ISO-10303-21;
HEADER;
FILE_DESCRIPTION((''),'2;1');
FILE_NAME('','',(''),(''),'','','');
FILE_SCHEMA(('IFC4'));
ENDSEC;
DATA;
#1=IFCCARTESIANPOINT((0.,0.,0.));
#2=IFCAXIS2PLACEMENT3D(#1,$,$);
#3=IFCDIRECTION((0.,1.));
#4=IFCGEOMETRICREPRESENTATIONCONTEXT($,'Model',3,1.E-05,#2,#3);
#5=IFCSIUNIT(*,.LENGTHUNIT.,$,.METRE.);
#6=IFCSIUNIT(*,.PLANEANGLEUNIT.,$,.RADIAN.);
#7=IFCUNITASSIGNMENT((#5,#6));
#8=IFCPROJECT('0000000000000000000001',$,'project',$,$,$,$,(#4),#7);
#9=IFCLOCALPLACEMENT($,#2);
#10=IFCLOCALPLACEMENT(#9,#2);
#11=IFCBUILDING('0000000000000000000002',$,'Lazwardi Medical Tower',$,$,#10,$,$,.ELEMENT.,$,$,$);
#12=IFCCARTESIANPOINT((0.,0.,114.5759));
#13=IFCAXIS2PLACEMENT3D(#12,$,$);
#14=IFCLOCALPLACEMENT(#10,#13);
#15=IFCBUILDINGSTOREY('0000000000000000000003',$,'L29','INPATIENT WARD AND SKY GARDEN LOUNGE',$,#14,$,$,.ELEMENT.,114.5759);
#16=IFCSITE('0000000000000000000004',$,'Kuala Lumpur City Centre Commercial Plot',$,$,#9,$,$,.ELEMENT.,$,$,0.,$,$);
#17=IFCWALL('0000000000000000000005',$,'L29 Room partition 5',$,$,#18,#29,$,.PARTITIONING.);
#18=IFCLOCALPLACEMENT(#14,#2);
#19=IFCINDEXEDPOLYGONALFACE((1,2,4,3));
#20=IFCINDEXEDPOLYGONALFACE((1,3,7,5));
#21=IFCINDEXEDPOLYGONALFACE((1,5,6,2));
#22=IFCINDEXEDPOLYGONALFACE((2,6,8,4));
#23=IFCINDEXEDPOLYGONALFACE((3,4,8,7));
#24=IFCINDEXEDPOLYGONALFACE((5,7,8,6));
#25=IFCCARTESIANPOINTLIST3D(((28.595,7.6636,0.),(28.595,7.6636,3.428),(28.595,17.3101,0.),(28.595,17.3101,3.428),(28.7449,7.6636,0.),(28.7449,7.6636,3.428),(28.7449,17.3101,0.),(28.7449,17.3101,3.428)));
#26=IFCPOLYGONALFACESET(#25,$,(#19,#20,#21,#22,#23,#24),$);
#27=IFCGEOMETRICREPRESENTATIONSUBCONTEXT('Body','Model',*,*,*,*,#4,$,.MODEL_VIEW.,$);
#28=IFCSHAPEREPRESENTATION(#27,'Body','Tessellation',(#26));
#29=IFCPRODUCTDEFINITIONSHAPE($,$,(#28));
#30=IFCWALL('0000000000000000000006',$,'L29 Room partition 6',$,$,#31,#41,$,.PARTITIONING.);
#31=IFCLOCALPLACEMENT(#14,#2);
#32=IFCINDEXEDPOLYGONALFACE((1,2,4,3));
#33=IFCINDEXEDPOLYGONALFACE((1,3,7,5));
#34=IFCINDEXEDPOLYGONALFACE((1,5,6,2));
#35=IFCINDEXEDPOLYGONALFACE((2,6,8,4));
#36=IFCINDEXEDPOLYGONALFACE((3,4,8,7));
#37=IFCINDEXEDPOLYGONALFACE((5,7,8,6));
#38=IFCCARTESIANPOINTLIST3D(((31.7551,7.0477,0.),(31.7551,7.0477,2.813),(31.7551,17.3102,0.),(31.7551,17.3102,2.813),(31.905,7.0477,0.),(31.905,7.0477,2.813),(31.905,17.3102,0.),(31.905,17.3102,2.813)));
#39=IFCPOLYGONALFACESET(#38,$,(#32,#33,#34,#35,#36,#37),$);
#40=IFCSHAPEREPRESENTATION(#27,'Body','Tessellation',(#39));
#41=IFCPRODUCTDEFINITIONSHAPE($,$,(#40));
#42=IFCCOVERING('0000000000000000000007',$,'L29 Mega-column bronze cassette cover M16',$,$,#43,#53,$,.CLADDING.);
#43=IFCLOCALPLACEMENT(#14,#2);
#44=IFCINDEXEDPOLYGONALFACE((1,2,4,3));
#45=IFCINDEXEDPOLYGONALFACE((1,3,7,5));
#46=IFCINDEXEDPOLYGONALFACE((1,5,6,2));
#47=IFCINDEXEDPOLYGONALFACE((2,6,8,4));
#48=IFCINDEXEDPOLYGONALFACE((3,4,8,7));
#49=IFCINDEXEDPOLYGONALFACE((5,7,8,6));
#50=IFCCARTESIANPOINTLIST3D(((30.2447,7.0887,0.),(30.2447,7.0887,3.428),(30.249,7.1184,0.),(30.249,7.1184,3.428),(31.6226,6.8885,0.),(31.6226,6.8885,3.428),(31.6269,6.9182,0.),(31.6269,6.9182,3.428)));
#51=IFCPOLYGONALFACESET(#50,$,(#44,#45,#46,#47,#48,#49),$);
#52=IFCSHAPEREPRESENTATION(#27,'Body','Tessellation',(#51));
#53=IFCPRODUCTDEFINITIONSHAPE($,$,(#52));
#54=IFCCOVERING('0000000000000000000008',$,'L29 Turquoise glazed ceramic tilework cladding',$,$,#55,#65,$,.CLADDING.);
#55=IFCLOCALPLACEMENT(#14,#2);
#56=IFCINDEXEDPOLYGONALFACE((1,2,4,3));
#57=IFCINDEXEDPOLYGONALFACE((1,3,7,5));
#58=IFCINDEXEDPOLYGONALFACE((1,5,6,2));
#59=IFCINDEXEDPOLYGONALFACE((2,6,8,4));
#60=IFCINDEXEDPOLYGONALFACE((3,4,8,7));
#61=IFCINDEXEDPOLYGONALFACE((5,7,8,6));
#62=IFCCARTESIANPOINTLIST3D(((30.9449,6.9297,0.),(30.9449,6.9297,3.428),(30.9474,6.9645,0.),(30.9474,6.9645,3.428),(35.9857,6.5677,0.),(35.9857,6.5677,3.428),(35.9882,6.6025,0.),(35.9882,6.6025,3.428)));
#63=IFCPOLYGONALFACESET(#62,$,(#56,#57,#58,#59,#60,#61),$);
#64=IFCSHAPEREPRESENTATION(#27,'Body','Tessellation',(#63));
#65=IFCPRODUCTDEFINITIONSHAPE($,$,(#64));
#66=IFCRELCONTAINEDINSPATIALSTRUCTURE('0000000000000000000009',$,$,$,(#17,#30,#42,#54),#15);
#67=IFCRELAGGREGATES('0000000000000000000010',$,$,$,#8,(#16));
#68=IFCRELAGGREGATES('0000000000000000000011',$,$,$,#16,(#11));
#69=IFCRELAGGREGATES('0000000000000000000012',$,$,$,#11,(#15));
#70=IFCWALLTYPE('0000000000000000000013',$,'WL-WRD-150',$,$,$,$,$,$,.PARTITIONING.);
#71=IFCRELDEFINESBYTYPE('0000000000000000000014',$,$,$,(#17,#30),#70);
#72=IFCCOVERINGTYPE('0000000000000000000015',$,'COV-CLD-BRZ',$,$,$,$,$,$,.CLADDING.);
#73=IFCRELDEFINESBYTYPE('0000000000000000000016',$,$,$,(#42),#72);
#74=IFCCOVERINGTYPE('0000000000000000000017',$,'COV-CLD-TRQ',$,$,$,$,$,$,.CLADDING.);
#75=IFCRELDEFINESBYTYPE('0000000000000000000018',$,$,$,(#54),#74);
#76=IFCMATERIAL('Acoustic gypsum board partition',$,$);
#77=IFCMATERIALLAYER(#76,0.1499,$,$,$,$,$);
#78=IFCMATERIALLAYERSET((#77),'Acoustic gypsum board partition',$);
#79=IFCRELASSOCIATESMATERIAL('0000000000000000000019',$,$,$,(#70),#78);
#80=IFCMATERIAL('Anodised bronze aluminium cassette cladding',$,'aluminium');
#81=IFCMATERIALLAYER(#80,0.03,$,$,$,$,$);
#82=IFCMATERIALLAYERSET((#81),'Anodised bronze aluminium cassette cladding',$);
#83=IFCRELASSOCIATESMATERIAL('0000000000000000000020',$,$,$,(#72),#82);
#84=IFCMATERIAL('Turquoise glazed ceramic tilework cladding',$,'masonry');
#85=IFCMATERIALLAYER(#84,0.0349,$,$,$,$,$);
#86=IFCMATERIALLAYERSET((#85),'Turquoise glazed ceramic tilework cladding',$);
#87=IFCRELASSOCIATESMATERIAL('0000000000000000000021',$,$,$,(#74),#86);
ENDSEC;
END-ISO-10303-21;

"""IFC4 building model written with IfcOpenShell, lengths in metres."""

from ifc_helpers import new_model, si_unit, direction, frame, frame_2d, origin, origin_2d, place, context, subcontext, project, spatial, rectangle, extrude, material, layer, layer_set, type_object, element, save


model = new_model("IFC4")

# Units and contexts
model_context = context("Model", 3, precision=1e-05, world=origin(), true_north=direction((0.0, 1.0)))
body_context = subcontext(model_context, "Body", "Model", "MODEL_VIEW")
ifc_project = project(units=[si_unit("LENGTHUNIT", "METRE"), si_unit("PLANEANGLEUNIT", "RADIAN")], contexts=[model_context])

# Site, building, storey
site_placement = place(None, origin())
site = spatial("IfcSite", under=ifc_project, at=site_placement, Name="Kuala Lumpur City Centre Commercial Plot", CompositionType="ELEMENT", RefElevation=0.0)
building_placement = place(site_placement, origin())
building = spatial("IfcBuilding", under=site, at=building_placement, Name="Lazwardi Medical Tower", CompositionType="ELEMENT")
storey_placement = place(building_placement, frame((0.0, 0.0, 114.5759)))
storey = spatial("IfcBuildingStorey", under=building, at=storey_placement, Name="L29", Description="INPATIENT WARD AND SKY GARDEN LOUNGE", CompositionType="ELEMENT", Elevation=114.5759)

# Walls
ifc_material_1 = material(Name="Acoustic gypsum board partition")
ifc_layer_1 = layer(ifc_material_1, 0.1499)
ifc_layer_set_1 = layer_set([ifc_layer_1], Name="Acoustic gypsum board partition")
wall_type_1 = type_object("IfcWallType", Name="WL-WRD-150", PredefinedType="PARTITIONING", material=ifc_layer_set_1)
wall_1_placement = place(storey_placement, frame((28.6699, 7.6636, 0.0), z_axis=(0.0, 0.0, 1.0), x_axis=(0.0, 1.0, 0.0)))
element("IfcWall", 1, at=wall_1_placement, inside=storey, type_object=wall_type_1, Name="L29 Room partition 5", PredefinedType="PARTITIONING", context=body_context, shape_type="SweptSolid", body=[
    extrude(rectangle(XDim=9.6465, YDim=0.1499, at=frame_2d((4.8232, 0.0))), origin(), (0.0, 0.0, 1.0), 3.428),
])
wall_2_placement = place(storey_placement, frame((31.8301, 7.0476, 0.0), z_axis=(0.0, 0.0, 1.0), x_axis=(0.0, 1.0, 0.0)))
element("IfcWall", 2, at=wall_2_placement, inside=storey, type_object=wall_type_1, Name="L29 Room partition 6", PredefinedType="PARTITIONING", context=body_context, shape_type="SweptSolid", body=[
    extrude(rectangle(XDim=10.2625, YDim=0.1499, at=frame_2d((5.1313, 0.0))), origin(), (0.0, 0.0, 1.0), 2.813),
])

# Coverings
ifc_material_2 = material(Name="Anodised bronze aluminium cassette cladding", Category="aluminium")
ifc_layer_2 = layer(ifc_material_2, 0.03)
ifc_layer_set_2 = layer_set([ifc_layer_2], Name="Anodised bronze aluminium cassette cladding")
covering_type_1 = type_object("IfcCoveringType", Name="COV-CLD-BRZ", PredefinedType="CLADDING", material=ifc_layer_set_2)
covering_1_placement = place(storey_placement, frame((30.9358, 7.0034, 0.0), z_axis=(0.0, 0.0, 1.0), x_axis=(0.989609, -0.143785, 0.0)))
element("IfcCovering", 3, at=covering_1_placement, inside=storey, type_object=covering_type_1, Name="L29 Mega-column bronze cassette cover M16", PredefinedType="CLADDING", context=body_context, shape_type="SweptSolid", body=[
    extrude(rectangle(XDim=1.3923, YDim=0.03, at=origin_2d()), origin(), (0.0, 0.0, 1.0), 3.428),
])
ifc_material_3 = material(Name="Turquoise glazed ceramic tilework cladding", Category="masonry")
ifc_layer_3 = layer(ifc_material_3, 0.0349)
ifc_layer_set_3 = layer_set([ifc_layer_3], Name="Turquoise glazed ceramic tilework cladding")
covering_type_2 = type_object("IfcCoveringType", Name="COV-CLD-TRQ", PredefinedType="CLADDING", material=ifc_layer_set_3)
covering_2_placement = place(storey_placement, frame((33.4666, 6.7661, 0.0), z_axis=(0.0, 0.0, 1.0), x_axis=(0.997431, -0.071631, 0.0)))
element("IfcCovering", 4, at=covering_2_placement, inside=storey, type_object=covering_type_2, Name="L29 Turquoise glazed ceramic tilework cladding", PredefinedType="CLADDING", context=body_context, shape_type="SweptSolid", body=[
    extrude(rectangle(XDim=5.0537, YDim=0.0349, at=origin_2d()), origin(), (0.0, 0.0, 1.0), 3.428),
])

save(model, "model.ifc")
